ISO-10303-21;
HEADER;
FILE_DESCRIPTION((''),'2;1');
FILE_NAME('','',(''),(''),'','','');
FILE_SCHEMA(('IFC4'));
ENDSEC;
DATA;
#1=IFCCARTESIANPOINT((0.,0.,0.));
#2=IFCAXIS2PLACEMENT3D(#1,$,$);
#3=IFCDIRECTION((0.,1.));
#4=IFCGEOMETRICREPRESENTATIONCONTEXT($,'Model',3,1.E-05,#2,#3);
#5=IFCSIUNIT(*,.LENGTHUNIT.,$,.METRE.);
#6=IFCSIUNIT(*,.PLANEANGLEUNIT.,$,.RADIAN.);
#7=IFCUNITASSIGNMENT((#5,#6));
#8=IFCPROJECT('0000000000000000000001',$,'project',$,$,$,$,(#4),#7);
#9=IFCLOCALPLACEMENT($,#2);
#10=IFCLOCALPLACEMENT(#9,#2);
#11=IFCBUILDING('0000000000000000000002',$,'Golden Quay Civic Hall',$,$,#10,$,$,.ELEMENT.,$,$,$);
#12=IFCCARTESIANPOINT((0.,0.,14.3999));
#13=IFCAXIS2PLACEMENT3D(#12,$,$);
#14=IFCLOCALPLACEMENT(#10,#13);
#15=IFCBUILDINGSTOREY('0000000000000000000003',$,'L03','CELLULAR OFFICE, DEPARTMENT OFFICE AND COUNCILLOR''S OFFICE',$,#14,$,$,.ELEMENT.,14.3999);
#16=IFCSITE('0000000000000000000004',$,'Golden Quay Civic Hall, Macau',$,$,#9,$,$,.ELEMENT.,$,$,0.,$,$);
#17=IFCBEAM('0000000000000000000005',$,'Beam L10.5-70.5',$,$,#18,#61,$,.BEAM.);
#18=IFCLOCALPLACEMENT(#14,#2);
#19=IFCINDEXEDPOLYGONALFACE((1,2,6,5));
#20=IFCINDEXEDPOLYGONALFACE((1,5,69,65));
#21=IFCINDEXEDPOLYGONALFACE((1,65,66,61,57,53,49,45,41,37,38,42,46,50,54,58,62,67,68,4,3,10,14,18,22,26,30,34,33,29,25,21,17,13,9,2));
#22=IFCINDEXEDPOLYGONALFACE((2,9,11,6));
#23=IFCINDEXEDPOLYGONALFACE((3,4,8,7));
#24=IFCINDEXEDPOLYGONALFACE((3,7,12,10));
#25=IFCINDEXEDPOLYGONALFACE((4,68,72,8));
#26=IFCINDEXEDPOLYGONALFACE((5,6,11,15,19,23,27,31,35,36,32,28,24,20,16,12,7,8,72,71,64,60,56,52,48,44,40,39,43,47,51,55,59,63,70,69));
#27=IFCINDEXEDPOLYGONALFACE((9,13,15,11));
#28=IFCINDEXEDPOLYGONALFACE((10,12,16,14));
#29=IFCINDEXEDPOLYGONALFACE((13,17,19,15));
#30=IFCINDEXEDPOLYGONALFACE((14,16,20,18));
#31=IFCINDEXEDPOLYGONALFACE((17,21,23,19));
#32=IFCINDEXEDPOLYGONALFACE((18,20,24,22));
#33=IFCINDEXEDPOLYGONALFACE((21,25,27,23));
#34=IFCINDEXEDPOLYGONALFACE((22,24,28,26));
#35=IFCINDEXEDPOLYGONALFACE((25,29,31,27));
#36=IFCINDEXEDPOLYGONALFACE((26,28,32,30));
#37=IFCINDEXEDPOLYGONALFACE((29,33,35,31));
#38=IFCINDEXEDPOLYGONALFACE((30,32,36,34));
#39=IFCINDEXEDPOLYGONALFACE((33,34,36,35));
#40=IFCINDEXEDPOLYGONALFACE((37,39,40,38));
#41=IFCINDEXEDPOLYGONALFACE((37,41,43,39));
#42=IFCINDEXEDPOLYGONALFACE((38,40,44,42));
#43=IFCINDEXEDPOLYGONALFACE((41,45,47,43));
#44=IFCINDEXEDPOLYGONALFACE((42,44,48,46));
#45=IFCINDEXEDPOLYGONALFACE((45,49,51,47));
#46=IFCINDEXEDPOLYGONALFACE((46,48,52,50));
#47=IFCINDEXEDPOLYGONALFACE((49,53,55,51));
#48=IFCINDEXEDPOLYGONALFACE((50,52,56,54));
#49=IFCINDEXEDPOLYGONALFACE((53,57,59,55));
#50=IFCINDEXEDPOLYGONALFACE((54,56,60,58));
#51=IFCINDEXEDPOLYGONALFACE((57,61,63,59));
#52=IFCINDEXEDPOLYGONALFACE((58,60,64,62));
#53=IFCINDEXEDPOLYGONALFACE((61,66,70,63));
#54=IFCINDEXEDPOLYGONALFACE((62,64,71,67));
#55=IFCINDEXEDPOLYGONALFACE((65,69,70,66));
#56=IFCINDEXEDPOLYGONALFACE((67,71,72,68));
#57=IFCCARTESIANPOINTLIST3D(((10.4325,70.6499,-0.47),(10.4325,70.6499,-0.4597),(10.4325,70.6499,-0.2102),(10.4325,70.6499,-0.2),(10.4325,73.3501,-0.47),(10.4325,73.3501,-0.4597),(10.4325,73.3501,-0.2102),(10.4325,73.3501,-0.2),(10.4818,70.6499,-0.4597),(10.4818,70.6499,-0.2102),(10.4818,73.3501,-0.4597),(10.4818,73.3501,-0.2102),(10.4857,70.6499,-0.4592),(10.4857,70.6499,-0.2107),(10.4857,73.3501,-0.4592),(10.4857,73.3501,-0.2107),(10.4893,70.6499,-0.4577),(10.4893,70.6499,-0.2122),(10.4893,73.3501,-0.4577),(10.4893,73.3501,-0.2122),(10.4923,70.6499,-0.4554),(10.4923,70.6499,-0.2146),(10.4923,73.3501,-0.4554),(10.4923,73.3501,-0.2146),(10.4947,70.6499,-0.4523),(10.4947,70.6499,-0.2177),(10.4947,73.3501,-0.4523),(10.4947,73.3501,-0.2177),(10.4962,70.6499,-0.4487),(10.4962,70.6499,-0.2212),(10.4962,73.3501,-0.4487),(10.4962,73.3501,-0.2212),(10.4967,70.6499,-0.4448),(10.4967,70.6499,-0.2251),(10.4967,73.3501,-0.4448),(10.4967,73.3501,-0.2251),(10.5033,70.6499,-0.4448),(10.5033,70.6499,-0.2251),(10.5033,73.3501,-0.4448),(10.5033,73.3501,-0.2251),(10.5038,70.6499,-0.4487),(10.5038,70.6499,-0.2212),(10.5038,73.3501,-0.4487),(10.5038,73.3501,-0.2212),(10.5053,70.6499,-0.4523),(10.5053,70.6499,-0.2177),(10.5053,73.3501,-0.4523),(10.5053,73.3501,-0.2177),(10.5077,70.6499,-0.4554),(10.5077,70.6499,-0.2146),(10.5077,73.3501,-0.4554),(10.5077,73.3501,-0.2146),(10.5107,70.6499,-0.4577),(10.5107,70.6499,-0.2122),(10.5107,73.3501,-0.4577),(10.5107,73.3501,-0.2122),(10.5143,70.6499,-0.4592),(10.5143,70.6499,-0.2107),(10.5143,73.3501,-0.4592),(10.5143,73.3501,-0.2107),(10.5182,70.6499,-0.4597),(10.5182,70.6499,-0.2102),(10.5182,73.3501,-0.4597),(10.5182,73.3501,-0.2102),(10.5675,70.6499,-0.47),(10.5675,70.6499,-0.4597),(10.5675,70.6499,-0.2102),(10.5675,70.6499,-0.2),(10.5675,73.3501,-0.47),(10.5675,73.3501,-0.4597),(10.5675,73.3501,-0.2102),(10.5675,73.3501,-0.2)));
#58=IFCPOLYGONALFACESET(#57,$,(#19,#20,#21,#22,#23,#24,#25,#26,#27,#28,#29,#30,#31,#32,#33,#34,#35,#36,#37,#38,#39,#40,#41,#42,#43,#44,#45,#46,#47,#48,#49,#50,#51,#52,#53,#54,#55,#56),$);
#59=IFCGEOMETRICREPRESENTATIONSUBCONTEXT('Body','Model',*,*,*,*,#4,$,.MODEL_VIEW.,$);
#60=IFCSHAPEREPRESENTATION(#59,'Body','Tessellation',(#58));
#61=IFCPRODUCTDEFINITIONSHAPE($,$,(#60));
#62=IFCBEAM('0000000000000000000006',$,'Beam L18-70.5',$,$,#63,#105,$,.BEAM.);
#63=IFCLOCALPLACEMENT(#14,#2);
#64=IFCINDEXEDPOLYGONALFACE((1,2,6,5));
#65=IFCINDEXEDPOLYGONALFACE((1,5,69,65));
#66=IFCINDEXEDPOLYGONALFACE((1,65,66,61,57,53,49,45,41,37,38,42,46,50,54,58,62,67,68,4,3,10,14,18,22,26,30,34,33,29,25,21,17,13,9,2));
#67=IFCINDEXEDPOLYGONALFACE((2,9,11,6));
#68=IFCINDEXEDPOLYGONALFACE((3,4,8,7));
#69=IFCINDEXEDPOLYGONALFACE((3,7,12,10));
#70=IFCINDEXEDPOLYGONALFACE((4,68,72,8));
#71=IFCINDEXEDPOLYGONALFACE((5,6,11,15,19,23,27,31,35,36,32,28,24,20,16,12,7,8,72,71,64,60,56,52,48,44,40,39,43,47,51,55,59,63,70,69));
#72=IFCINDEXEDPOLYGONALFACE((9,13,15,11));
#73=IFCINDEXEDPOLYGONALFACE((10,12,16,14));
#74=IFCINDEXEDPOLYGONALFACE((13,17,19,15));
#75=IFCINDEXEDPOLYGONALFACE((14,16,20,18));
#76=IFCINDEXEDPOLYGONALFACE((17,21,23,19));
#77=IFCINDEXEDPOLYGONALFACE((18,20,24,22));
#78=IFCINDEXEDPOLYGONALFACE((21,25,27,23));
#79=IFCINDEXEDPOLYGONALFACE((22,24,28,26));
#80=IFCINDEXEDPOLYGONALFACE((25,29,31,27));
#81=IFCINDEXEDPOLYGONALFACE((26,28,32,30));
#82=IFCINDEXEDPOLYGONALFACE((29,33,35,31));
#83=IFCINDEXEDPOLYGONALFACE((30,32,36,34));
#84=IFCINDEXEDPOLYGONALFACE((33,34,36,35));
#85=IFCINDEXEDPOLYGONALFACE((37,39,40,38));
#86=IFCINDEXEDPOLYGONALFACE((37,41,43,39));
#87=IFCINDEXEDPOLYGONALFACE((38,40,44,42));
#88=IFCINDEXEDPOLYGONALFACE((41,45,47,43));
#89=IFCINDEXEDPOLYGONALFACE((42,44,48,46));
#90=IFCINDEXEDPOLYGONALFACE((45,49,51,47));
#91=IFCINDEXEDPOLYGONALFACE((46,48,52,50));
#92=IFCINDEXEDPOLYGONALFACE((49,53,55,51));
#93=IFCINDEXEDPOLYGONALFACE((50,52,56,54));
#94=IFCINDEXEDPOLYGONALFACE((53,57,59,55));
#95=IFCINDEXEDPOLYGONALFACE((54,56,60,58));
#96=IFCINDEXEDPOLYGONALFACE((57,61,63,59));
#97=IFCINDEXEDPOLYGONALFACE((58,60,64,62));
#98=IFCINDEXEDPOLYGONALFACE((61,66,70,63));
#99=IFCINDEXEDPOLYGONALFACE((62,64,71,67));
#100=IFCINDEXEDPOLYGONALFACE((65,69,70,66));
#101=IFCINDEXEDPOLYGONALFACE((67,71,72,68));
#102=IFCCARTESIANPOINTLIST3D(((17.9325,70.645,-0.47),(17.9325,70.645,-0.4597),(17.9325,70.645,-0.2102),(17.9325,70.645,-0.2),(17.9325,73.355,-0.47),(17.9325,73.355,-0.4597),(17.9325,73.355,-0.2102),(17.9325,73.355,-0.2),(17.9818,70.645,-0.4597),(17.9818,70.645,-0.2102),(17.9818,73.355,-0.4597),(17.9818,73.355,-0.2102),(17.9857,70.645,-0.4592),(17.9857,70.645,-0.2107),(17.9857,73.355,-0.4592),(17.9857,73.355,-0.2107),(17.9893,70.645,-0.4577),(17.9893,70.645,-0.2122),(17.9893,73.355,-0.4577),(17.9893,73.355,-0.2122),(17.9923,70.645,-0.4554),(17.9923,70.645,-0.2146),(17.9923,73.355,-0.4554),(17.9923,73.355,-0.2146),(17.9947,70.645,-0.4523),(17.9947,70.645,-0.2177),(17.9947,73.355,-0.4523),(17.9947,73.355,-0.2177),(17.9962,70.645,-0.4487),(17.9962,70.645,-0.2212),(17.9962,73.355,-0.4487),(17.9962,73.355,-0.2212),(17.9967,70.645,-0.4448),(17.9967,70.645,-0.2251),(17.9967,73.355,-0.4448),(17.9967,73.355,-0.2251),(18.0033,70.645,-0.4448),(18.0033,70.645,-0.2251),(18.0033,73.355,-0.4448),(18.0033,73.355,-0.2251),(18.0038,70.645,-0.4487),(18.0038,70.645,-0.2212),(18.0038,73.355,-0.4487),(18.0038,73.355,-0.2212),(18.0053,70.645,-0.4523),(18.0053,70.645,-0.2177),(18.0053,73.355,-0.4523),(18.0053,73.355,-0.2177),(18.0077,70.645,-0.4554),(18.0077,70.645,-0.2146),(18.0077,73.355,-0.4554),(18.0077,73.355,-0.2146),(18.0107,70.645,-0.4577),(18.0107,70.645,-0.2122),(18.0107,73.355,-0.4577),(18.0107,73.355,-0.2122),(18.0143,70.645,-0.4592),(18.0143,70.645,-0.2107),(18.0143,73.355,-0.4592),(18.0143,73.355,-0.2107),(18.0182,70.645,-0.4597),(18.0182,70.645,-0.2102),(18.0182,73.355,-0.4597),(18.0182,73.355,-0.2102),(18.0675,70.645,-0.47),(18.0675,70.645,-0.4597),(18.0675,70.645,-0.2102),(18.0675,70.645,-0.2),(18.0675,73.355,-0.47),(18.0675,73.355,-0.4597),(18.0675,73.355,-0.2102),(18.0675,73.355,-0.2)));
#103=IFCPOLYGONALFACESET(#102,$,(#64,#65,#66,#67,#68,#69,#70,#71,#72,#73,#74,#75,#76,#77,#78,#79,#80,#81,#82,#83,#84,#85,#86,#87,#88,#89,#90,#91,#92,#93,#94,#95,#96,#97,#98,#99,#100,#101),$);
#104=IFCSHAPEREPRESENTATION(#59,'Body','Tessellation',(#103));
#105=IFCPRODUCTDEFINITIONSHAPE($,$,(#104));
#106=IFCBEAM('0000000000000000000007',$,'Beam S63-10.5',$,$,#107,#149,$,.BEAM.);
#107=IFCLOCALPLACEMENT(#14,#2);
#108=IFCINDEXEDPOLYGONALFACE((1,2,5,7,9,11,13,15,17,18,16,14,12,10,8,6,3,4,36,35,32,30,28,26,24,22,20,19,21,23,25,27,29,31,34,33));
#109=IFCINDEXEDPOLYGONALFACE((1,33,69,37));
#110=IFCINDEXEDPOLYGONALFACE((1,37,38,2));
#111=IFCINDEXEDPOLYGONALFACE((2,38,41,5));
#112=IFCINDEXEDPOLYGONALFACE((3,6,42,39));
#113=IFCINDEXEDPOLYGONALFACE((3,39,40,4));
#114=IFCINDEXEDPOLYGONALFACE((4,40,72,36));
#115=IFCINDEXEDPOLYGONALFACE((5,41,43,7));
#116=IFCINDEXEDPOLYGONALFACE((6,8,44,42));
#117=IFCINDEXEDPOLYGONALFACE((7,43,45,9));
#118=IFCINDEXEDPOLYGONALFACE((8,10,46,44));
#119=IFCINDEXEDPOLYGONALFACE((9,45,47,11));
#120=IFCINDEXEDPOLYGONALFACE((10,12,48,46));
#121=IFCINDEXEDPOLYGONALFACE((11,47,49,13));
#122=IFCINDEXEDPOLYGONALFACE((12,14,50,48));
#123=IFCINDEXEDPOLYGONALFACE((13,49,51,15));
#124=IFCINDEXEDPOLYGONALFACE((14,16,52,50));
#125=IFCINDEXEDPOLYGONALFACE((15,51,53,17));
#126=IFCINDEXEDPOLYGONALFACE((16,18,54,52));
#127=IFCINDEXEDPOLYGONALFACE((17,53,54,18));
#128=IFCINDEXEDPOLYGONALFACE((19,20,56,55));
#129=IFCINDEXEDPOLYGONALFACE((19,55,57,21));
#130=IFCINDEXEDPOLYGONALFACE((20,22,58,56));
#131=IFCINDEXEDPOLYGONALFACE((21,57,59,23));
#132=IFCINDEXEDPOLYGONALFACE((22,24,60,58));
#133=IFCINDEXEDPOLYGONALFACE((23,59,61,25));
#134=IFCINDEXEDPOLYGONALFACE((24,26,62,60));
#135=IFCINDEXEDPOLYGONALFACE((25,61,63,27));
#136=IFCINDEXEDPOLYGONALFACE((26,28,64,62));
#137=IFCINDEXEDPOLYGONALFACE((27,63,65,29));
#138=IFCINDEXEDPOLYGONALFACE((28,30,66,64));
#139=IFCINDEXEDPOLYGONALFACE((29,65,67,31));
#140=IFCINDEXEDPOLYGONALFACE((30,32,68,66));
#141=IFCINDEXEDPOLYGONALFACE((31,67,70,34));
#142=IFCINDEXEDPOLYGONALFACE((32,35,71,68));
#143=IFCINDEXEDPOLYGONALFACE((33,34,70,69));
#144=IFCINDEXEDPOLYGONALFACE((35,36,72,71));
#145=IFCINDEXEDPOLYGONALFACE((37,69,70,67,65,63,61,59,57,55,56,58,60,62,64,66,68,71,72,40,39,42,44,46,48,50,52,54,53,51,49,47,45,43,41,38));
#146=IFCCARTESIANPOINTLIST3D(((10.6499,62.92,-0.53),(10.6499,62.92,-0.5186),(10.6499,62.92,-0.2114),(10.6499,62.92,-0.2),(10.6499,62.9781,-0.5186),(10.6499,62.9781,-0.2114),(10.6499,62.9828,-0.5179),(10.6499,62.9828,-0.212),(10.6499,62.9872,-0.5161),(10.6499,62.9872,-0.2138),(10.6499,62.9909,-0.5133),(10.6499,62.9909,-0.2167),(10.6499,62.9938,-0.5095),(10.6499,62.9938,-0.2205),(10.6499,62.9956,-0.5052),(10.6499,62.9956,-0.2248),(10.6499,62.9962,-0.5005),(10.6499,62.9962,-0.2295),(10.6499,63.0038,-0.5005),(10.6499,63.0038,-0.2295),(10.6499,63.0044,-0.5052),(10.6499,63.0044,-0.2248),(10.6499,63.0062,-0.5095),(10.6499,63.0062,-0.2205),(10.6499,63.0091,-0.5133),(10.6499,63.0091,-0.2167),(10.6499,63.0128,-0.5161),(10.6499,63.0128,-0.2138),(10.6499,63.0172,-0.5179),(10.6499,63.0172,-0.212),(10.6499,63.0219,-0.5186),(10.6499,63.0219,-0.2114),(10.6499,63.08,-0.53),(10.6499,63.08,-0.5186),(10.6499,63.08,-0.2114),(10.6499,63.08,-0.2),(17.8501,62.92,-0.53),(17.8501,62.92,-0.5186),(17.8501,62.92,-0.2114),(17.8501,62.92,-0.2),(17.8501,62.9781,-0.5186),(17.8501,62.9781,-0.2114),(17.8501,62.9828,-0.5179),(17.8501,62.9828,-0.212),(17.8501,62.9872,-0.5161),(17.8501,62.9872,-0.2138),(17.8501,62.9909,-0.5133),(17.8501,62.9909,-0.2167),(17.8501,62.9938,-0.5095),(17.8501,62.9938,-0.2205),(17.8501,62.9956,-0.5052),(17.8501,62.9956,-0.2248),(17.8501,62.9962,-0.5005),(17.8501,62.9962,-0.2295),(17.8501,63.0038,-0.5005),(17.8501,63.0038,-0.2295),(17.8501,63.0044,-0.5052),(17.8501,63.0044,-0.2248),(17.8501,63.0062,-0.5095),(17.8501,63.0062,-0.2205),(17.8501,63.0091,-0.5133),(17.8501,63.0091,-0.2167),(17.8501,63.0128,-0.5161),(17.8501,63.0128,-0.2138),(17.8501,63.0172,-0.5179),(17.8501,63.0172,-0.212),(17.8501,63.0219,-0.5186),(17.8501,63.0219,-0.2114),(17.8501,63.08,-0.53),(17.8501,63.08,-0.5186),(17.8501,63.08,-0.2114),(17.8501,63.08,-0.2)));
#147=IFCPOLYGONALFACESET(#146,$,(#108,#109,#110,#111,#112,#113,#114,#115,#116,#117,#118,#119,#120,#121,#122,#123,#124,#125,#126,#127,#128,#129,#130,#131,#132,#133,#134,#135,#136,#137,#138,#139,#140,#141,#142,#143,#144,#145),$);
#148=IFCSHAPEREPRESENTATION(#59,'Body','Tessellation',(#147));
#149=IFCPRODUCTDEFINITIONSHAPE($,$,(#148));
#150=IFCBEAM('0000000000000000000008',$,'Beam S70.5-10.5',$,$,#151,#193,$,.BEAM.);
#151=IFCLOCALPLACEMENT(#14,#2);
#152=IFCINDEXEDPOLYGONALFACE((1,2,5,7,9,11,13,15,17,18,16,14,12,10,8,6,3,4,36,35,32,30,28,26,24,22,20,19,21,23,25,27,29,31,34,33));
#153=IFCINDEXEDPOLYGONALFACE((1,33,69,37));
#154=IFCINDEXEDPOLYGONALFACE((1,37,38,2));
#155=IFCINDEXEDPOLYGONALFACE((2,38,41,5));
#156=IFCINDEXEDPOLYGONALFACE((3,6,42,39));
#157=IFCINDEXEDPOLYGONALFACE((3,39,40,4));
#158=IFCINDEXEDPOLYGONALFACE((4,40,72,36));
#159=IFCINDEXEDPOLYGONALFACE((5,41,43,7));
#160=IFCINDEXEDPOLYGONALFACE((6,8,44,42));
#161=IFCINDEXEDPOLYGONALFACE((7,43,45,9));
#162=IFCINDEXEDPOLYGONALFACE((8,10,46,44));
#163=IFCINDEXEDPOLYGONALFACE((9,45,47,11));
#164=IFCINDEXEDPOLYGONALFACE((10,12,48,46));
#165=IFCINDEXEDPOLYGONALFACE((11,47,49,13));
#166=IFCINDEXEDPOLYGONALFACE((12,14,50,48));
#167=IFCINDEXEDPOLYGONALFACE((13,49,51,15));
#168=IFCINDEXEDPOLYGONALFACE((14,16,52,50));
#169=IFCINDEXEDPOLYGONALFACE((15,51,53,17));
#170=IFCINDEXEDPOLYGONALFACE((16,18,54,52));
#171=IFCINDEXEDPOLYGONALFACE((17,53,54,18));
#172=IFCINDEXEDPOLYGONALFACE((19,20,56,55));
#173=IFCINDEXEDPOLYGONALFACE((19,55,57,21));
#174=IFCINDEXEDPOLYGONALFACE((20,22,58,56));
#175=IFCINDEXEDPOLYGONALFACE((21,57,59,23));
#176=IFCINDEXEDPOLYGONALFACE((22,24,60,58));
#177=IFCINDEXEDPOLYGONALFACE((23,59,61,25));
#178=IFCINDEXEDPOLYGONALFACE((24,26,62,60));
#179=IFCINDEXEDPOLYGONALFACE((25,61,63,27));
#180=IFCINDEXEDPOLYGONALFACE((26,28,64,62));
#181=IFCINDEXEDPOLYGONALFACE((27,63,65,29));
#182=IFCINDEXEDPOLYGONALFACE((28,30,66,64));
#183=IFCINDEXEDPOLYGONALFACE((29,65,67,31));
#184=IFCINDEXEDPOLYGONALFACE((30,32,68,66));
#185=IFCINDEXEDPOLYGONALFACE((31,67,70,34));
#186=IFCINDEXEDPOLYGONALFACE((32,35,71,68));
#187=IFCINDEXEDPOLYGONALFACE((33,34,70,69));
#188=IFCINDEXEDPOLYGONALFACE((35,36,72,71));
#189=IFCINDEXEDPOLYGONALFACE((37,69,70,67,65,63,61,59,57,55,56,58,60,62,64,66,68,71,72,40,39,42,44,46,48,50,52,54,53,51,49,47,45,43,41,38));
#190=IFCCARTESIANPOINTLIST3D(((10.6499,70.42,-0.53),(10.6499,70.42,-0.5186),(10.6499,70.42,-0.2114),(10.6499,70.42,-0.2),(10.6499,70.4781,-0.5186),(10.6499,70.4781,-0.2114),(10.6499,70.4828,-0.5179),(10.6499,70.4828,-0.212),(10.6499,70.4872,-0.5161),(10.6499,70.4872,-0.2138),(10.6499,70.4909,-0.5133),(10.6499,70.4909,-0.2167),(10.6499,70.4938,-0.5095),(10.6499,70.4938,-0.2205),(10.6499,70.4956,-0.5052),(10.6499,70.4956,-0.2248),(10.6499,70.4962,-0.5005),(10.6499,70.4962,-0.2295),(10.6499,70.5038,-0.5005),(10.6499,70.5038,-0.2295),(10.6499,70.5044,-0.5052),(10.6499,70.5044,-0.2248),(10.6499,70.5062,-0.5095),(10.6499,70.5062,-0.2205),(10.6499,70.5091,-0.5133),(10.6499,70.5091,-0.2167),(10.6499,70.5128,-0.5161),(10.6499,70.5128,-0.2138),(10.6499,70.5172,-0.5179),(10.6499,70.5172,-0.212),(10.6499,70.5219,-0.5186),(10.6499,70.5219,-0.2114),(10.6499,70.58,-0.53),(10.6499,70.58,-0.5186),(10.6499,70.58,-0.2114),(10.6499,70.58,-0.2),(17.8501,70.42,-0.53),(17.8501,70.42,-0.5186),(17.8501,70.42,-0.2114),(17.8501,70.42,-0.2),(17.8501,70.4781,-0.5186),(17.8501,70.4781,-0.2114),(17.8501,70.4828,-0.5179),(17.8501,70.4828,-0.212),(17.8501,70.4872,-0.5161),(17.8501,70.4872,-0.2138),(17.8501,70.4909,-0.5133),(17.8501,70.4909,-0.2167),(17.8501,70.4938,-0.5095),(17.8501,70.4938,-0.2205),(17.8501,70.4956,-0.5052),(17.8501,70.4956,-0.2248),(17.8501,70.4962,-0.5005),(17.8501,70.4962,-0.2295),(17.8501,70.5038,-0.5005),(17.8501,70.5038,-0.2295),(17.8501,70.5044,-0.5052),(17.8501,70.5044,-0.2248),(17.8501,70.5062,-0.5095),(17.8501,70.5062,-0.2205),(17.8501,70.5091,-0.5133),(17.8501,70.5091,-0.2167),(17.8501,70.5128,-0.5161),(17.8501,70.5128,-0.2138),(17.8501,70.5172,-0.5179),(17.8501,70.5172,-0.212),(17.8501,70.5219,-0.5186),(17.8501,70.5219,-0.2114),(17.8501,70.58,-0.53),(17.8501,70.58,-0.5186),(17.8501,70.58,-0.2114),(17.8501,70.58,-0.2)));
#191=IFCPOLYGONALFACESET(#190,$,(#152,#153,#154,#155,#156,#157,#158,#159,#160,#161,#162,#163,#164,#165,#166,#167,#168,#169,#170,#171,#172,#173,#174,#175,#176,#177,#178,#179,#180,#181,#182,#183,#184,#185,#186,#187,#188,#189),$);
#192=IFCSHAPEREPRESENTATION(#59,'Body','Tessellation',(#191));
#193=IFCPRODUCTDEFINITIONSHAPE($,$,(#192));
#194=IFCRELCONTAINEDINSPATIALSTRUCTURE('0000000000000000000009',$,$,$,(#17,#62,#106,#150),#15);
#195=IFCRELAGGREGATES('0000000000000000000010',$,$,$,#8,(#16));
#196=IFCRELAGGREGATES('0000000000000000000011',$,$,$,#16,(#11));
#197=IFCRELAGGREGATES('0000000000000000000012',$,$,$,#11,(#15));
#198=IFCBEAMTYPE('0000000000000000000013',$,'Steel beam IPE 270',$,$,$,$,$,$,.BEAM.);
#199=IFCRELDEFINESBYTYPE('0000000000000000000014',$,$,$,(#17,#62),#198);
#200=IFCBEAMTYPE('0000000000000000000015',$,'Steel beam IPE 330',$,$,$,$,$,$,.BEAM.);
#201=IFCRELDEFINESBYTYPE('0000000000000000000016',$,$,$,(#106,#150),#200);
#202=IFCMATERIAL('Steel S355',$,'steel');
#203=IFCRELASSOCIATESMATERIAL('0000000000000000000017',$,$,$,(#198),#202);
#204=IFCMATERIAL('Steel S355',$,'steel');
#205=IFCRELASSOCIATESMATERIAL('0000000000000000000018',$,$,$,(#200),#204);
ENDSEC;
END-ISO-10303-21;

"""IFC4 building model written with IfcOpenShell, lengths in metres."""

from ifc_helpers import new_model, si_unit, direction, frame, origin, origin_2d, place, context, subcontext, project, spatial, i_section, extrude, material, material_profile, profile_set, type_object, element, save


model = new_model("IFC4")

# Units and contexts
model_context = context("Model", 3, precision=1e-05, world=origin(), true_north=direction((0.0, 1.0)))
body_context = subcontext(model_context, "Body", "Model", "MODEL_VIEW")
ifc_project = project(units=[si_unit("LENGTHUNIT", "METRE"), si_unit("PLANEANGLEUNIT", "RADIAN")], contexts=[model_context])

# Site, building, storey
site_placement = place(None, origin())
site = spatial("IfcSite", under=ifc_project, at=site_placement, Name="Golden Quay Civic Hall, Macau", CompositionType="ELEMENT", RefElevation=0.0)
building_placement = place(site_placement, origin())
building = spatial("IfcBuilding", under=site, at=building_placement, Name="Golden Quay Civic Hall", CompositionType="ELEMENT")
storey_placement = place(building_placement, frame((0.0, 0.0, 14.3999)))
storey = spatial("IfcBuildingStorey", under=building, at=storey_placement, Name="L03", Description="CELLULAR OFFICE, DEPARTMENT OFFICE AND COUNCILLOR'S OFFICE", CompositionType="ELEMENT", Elevation=14.3999)

# Beams
ifc_material_1 = material(Name="Steel S355", Category="steel")
ifc_material_profile_1 = material_profile(ifc_material_1, i_section(OverallWidth=0.135, OverallDepth=0.27, WebThickness=0.0066, FlangeThickness=0.0103, FilletRadius=0.0149, at=origin_2d()), Name="IPE 270")
ifc_profile_set_1 = profile_set([ifc_material_profile_1], Name="Steel S355")
beam_type_1 = type_object("IfcBeamType", Name="Steel beam IPE 270", PredefinedType="BEAM", material=ifc_profile_set_1)
beam_1_placement = place(storey_placement, frame((10.5, 70.6499, -0.335), z_axis=(0.0, 1.0, 0.0), x_axis=(-1.0, 0.0, 0.0)))
element("IfcBeam", 1, at=beam_1_placement, inside=storey, type_object=beam_type_1, Name="Beam L10.5-70.5", PredefinedType="BEAM", context=body_context, shape_type="SweptSolid", body=[
    extrude(i_section(OverallWidth=0.135, OverallDepth=0.27, WebThickness=0.0066, FlangeThickness=0.0103, FilletRadius=0.0149, at=origin_2d()), origin(), (0.0, 0.0, 1.0), 2.7002),
])
beam_2_placement = place(storey_placement, frame((18.0, 70.645, -0.335), z_axis=(0.0, 1.0, 0.0), x_axis=(-1.0, 0.0, 0.0)))
element("IfcBeam", 2, at=beam_2_placement, inside=storey, type_object=beam_type_1, Name="Beam L18-70.5", PredefinedType="BEAM", context=body_context, shape_type="SweptSolid", body=[
    extrude(i_section(OverallWidth=0.135, OverallDepth=0.27, WebThickness=0.0066, FlangeThickness=0.0103, FilletRadius=0.0149, at=origin_2d()), origin(), (0.0, 0.0, 1.0), 2.71),
])
ifc_material_2 = material(Name="Steel S355", Category="steel")
ifc_material_profile_2 = material_profile(ifc_material_2, i_section(OverallWidth=0.1599, OverallDepth=0.3301, WebThickness=0.0076, FlangeThickness=0.0115, FilletRadius=0.0181, at=origin_2d()), Name="IPE 330")
ifc_profile_set_2 = profile_set([ifc_material_profile_2], Name="Steel S355")
beam_type_2 = type_object("IfcBeamType", Name="Steel beam IPE 330", PredefinedType="BEAM", material=ifc_profile_set_2)
for number, where, z_axis, x_axis, name in (
    (3, (10.6499, 63.0, -0.365), (1.0, 0.0, 0.0), (0.0, 1.0, 0.0), "Beam S63-10.5"),
    (4, (10.6499, 70.5, -0.365), (1.0, 0.0, 0.0), (0.0, 1.0, 0.0), "Beam S70.5-10.5"),
):
    element("IfcBeam", number, at=place(storey_placement, frame(where, z_axis=z_axis, x_axis=x_axis)), inside=storey, type_object=beam_type_2, Name=name, PredefinedType="BEAM", context=body_context, shape_type="SweptSolid", body=[
        extrude(i_section(OverallWidth=0.1599, OverallDepth=0.3301, WebThickness=0.0076, FlangeThickness=0.0115, FilletRadius=0.0181, at=origin_2d()), origin(), (0.0, 0.0, 1.0), 7.2002),
    ])

save(model, "model.ifc")
